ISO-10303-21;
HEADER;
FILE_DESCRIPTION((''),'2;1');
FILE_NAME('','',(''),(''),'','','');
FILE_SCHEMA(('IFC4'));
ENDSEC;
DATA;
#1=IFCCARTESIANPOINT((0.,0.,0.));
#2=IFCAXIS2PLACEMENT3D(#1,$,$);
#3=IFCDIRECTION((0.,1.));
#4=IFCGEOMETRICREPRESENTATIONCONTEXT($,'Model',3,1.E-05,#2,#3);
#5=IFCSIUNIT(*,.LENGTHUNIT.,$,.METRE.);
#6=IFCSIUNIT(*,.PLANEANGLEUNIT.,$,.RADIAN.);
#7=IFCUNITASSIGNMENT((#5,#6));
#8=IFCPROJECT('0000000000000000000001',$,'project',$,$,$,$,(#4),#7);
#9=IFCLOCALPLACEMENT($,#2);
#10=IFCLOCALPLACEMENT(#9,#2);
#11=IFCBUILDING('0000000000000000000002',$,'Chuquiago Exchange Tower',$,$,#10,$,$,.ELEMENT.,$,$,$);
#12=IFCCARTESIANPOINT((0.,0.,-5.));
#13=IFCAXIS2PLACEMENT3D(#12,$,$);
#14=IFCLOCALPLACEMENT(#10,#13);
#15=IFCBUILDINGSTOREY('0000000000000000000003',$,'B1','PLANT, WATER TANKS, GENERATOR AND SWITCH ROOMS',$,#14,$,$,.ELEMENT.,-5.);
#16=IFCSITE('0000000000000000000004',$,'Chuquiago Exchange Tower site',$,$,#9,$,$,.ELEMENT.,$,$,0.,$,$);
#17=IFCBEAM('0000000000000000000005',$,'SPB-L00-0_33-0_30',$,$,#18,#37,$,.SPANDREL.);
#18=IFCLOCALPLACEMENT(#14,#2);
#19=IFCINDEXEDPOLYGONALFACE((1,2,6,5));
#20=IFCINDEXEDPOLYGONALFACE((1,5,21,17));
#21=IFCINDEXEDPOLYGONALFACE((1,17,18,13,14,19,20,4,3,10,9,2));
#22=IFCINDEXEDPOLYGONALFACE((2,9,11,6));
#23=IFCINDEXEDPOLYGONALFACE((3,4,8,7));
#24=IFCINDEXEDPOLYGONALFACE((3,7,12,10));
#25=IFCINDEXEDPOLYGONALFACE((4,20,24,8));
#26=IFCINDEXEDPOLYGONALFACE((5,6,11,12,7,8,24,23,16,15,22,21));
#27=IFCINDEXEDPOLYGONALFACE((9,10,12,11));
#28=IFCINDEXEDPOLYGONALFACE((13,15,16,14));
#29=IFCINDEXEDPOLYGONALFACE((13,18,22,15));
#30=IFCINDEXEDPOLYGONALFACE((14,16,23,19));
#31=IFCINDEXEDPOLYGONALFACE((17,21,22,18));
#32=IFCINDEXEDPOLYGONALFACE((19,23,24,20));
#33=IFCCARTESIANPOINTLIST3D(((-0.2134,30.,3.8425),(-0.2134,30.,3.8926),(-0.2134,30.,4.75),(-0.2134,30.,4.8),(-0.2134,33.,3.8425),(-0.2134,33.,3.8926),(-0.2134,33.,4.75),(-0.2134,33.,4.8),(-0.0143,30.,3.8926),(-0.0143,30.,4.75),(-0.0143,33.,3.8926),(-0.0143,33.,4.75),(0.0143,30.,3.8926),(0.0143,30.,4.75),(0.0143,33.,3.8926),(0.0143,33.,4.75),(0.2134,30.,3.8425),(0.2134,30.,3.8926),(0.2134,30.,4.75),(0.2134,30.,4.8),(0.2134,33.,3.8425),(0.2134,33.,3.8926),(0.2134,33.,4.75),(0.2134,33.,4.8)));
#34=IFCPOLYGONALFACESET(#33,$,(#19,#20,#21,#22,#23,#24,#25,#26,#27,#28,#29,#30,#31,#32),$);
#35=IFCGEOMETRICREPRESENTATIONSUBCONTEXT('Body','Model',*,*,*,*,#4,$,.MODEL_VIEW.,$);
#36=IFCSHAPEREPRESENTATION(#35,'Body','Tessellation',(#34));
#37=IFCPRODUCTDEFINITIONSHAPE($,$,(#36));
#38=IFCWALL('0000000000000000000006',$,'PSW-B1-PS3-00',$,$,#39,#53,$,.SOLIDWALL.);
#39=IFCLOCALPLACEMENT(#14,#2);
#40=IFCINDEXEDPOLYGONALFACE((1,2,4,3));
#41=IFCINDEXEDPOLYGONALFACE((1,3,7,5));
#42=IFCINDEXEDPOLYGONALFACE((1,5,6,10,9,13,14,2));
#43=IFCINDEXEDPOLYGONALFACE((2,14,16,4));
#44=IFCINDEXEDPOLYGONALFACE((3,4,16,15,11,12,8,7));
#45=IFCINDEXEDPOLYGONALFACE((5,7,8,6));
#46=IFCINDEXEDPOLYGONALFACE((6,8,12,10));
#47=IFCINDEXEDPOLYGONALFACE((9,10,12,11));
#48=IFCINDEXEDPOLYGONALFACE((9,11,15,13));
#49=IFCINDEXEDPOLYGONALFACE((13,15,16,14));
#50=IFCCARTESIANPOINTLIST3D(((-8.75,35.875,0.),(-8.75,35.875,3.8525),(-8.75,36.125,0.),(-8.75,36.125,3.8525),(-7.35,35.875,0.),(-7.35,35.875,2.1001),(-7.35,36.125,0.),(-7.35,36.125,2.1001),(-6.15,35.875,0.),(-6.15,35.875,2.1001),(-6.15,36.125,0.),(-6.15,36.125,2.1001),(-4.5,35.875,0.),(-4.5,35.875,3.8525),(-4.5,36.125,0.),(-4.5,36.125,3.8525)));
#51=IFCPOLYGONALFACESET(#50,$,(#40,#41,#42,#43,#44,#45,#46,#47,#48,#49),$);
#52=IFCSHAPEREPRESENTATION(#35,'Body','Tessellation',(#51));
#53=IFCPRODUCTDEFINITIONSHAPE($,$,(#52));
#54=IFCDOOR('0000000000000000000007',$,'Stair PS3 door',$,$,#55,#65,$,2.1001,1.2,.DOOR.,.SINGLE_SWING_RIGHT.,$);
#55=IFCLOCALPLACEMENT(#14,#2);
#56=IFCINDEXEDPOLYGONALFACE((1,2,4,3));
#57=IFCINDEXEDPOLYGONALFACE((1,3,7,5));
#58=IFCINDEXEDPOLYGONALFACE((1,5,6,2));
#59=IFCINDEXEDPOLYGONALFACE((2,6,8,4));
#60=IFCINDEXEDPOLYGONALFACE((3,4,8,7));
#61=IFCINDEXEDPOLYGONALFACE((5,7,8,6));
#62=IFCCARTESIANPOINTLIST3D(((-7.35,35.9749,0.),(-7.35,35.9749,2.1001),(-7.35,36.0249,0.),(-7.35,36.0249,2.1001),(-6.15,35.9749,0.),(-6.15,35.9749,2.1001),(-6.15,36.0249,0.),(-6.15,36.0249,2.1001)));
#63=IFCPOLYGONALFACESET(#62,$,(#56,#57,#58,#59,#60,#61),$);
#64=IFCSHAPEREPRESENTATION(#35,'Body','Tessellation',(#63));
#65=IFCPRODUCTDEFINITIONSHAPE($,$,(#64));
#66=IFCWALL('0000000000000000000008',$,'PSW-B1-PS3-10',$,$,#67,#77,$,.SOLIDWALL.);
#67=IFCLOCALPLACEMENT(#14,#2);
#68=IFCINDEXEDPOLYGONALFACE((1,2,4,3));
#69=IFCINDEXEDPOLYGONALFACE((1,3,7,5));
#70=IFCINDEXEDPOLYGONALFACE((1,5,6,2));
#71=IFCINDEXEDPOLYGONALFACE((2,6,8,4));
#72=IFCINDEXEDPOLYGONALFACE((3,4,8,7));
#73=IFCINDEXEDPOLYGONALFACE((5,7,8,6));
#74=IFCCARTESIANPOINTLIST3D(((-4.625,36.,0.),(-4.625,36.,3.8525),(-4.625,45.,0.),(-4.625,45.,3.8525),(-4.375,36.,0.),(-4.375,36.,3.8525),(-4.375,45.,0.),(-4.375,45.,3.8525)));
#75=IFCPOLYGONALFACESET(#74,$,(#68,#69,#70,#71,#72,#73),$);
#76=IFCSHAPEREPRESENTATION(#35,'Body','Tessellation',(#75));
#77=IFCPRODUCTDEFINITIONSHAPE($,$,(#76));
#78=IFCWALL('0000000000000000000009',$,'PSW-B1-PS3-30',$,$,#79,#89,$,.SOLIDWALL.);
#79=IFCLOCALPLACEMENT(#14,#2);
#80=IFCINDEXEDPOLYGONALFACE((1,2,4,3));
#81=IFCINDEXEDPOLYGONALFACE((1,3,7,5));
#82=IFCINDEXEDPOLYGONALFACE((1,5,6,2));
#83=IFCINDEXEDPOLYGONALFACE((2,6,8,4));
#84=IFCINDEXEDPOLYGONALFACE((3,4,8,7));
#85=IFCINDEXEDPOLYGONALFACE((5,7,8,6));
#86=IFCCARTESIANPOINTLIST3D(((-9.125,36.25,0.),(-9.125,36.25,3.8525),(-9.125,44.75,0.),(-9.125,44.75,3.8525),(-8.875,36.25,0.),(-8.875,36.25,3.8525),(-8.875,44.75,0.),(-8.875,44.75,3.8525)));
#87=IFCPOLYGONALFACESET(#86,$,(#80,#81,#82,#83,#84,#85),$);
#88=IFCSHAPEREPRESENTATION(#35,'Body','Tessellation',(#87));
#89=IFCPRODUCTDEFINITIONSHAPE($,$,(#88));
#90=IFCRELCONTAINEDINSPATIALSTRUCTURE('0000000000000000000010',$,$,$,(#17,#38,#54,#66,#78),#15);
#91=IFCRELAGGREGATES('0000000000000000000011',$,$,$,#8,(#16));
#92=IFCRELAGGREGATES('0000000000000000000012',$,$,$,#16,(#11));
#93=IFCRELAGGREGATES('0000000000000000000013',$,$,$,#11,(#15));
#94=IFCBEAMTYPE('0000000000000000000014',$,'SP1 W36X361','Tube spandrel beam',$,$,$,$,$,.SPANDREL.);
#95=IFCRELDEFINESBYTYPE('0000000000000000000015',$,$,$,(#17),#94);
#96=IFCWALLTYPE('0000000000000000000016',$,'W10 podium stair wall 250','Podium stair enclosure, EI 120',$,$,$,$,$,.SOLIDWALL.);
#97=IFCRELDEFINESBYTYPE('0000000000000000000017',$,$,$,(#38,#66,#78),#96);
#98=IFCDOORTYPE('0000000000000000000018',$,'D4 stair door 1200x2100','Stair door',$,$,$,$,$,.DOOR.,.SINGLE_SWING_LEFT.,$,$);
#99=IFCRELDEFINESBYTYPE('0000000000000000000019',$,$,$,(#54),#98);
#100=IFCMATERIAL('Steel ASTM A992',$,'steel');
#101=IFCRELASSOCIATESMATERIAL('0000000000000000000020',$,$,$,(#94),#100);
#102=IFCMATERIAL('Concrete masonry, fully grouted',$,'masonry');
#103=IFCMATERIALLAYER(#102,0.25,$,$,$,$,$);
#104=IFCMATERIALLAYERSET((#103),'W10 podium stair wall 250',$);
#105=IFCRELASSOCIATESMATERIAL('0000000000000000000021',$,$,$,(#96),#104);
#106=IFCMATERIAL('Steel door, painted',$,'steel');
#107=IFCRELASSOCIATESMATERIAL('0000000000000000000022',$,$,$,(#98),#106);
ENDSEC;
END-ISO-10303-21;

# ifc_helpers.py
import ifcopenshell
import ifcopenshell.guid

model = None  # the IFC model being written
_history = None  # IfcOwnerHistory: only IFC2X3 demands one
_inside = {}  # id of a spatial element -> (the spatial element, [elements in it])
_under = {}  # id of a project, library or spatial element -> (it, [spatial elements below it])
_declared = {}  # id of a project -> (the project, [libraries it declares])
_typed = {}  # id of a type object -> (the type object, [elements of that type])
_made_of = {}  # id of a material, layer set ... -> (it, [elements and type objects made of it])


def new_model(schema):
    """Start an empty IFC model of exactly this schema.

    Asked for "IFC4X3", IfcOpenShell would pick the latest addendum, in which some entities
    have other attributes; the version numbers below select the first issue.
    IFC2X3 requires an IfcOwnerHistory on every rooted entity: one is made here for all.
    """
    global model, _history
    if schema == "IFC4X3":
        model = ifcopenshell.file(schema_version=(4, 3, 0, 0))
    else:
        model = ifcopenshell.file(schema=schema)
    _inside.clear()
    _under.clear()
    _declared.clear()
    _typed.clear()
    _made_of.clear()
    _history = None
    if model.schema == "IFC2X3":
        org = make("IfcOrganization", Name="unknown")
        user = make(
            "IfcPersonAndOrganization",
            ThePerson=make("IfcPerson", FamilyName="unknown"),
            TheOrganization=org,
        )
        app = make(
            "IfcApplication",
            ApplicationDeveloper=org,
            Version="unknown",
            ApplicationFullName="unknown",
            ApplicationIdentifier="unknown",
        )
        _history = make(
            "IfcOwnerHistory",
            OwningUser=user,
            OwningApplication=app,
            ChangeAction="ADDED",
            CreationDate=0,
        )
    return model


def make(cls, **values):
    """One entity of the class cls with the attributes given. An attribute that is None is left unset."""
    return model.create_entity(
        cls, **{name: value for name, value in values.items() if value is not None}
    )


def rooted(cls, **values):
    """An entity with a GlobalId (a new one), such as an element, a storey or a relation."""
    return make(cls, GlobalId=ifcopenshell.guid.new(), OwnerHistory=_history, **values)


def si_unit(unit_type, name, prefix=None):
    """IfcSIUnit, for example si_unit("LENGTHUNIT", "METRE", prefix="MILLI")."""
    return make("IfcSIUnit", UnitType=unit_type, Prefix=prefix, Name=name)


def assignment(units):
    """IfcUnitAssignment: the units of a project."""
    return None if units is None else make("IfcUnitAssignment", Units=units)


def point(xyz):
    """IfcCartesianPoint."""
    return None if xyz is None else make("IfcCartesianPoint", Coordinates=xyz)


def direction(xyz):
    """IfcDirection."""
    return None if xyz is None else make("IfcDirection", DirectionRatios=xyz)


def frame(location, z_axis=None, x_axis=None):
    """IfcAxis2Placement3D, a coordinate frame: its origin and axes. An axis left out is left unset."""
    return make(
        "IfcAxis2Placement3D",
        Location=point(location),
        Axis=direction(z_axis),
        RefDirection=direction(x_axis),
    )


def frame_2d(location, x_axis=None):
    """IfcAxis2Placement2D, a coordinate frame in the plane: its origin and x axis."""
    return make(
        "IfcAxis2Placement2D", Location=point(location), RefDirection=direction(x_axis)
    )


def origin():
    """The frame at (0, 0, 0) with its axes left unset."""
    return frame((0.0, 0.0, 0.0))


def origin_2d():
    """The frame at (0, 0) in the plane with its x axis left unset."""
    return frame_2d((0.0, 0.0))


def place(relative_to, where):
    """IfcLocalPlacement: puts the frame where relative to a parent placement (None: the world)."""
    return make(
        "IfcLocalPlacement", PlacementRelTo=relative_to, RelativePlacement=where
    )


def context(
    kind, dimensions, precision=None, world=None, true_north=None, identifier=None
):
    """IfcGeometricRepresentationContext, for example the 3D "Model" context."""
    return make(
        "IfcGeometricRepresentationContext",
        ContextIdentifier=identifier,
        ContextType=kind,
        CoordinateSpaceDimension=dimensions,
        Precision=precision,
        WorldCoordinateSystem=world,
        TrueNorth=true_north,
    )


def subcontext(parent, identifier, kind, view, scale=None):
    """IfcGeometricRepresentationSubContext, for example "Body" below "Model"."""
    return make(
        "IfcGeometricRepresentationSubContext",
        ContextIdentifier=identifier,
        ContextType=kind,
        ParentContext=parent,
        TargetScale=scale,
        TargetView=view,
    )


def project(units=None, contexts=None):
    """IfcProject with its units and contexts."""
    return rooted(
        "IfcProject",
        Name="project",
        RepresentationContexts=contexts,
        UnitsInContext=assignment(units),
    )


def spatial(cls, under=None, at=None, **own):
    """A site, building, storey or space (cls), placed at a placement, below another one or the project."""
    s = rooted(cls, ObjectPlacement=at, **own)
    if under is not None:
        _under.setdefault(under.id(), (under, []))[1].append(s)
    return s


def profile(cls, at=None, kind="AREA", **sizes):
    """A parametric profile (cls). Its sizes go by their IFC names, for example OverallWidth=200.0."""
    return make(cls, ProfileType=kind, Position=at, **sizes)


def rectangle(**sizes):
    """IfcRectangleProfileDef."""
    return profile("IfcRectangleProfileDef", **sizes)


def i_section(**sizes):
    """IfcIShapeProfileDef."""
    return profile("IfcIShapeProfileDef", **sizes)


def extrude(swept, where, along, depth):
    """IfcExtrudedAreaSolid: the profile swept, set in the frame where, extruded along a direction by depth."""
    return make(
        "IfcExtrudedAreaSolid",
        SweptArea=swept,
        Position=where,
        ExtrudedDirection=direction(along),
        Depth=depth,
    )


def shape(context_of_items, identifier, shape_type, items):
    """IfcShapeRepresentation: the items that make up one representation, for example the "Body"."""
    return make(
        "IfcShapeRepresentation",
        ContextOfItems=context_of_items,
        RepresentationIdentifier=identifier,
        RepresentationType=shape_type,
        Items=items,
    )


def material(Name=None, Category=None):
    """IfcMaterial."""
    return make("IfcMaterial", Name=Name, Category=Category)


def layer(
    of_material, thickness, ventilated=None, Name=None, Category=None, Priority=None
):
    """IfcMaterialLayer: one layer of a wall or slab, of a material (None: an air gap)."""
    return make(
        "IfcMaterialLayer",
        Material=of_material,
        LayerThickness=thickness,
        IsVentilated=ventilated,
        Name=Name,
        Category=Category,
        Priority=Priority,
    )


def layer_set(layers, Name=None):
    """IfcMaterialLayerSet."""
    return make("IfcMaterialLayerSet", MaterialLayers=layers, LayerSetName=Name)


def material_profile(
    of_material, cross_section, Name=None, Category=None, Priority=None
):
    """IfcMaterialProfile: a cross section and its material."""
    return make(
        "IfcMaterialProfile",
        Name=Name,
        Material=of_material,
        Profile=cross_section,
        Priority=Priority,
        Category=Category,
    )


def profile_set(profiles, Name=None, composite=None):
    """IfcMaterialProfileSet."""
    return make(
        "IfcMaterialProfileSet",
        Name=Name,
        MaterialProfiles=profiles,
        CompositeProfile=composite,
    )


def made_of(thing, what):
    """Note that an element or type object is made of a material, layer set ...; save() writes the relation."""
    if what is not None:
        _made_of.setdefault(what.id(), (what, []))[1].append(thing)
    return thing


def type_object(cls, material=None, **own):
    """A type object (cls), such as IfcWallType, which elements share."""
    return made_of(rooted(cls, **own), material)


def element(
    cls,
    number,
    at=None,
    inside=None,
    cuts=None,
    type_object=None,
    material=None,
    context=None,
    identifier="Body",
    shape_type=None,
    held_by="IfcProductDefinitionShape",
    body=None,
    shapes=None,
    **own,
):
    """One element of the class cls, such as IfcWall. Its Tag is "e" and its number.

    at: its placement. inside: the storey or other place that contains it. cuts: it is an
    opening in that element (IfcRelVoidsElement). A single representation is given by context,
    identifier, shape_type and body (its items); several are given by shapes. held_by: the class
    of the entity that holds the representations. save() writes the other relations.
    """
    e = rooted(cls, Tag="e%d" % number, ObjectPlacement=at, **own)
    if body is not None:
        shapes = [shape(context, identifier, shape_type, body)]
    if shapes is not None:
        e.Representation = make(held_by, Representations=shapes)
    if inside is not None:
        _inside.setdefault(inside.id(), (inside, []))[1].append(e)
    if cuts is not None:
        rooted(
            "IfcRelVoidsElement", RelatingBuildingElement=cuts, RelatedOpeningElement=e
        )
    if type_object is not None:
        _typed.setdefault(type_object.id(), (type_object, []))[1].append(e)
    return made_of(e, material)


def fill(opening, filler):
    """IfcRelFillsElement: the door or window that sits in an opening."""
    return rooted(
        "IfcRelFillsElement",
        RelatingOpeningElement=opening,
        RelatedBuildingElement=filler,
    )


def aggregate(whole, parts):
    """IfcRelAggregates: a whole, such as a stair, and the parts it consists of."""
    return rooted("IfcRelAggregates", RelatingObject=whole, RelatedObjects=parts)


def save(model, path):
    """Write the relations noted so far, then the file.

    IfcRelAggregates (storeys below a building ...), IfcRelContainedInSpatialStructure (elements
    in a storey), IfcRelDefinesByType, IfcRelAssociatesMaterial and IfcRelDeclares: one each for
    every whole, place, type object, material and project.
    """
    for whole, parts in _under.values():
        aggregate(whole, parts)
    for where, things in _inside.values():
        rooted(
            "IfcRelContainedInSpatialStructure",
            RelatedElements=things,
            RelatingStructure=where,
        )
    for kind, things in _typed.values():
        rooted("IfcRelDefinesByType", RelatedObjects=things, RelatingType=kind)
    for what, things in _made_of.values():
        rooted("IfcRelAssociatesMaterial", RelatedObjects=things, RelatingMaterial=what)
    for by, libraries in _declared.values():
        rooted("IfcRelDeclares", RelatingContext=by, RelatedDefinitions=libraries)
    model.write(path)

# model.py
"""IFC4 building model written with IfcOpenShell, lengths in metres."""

from ifc_helpers import new_model, si_unit, direction, frame, frame_2d, origin, origin_2d, place, context, subcontext, project, spatial, rectangle, i_section, extrude, material, layer, layer_set, material_profile, profile_set, type_object, element, fill, save


model = new_model("IFC4")

# Units and contexts
model_context = context("Model", 3, precision=1e-05, world=origin(), true_north=direction((0.0, 1.0)))
body_context = subcontext(model_context, "Body", "Model", "MODEL_VIEW")
ifc_project = project(units=[si_unit("LENGTHUNIT", "METRE"), si_unit("PLANEANGLEUNIT", "RADIAN")], contexts=[model_context])

# Site, building, storey
site_placement = place(None, origin())
site = spatial("IfcSite", under=ifc_project, at=site_placement, Name="Chuquiago Exchange Tower site", CompositionType="ELEMENT", RefElevation=0.0)
building_placement = place(site_placement, origin())
building = spatial("IfcBuilding", under=site, at=building_placement, Name="Chuquiago Exchange Tower", CompositionType="ELEMENT")
storey_placement = place(building_placement, frame((0.0, 0.0, -5.0)))
storey = spatial("IfcBuildingStorey", under=building, at=storey_placement, Name="B1", Description="PLANT, WATER TANKS, GENERATOR AND SWITCH ROOMS", CompositionType="ELEMENT", Elevation=-5.0)

# Beam
ifc_material_1 = material(Name="Steel ASTM A992", Category="steel")
ifc_material_profile_1 = material_profile(ifc_material_1, i_section(OverallWidth=0.4268, OverallDepth=0.9575, WebThickness=0.0286, FlangeThickness=0.05, at=origin_2d()), Name="W36X361")
ifc_profile_set_1 = profile_set([ifc_material_profile_1], Name="Steel ASTM A992")
beam_type_1 = type_object("IfcBeamType", Name="SP1 W36X361", Description="Tube spandrel beam", PredefinedType="SPANDREL", material=ifc_profile_set_1)
for number, where, z_axis, x_axis, name in (
    (1, (0.0, 33.0, 4.3213), (0.0, -1.0, 0.0), (1.0, 0.0, 0.0), "SPB-L00-0_33-0_30"),
):
    element("IfcBeam", number, at=place(storey_placement, frame(where, z_axis=z_axis, x_axis=x_axis)), inside=storey, type_object=beam_type_1, Name=name, PredefinedType="SPANDREL", context=body_context, shape_type="SweptSolid", body=[
        extrude(i_section(OverallWidth=0.4268, OverallDepth=0.9575, WebThickness=0.0286, FlangeThickness=0.05, at=origin_2d()), origin(), (0.0, 0.0, 1.0), 3.0),
    ])

# Wall, opening, door
ifc_material_2 = material(Name="Concrete masonry, fully grouted", Category="masonry")
ifc_layer = layer(ifc_material_2, 0.25)
ifc_layer_set = layer_set([ifc_layer], Name="W10 podium stair wall 250")
wall_type = type_object("IfcWallType", Name="W10 podium stair wall 250", Description="Podium stair enclosure, EI 120", PredefinedType="SOLIDWALL", material=ifc_layer_set)
wall_1_placement = place(storey_placement, frame((-8.75, 36.0, 0.0), z_axis=(0.0, 0.0, 1.0), x_axis=(1.0, 0.0, 0.0)))
wall_1 = element("IfcWall", 2, at=wall_1_placement, inside=storey, type_object=wall_type, Name="PSW-B1-PS3-00", PredefinedType="SOLIDWALL", context=body_context, shape_type="SweptSolid", body=[
    extrude(rectangle(XDim=4.25, YDim=0.25, at=frame_2d((2.125, 0.0))), origin(), (0.0, 0.0, 1.0), 3.8525),
])
opening_placement = place(wall_1_placement, frame((1.3999, 0.0, 0.0)))
opening = element("IfcOpeningElement", 3, at=opening_placement, cuts=wall_1, PredefinedType="OPENING", context=body_context, shape_type="SweptSolid", body=[
    extrude(rectangle(XDim=1.2, YDim=2.1001, at=frame_2d((0.6001, 1.05))), frame((0.0, 0.135, 0.0), z_axis=(0.0, -1.0, 0.0), x_axis=(1.0, 0.0, 0.0)), (0.0, 0.0, 1.0), 0.27),
])
ifc_material_3 = material(Name="Steel door, painted", Category="steel")
door_type = type_object("IfcDoorType", Name="D4 stair door 1200x2100", Description="Stair door", OperationType="SINGLE_SWING_LEFT", PredefinedType="DOOR", material=ifc_material_3)
door_placement = place(opening_placement, origin())
door = element("IfcDoor", 4, at=door_placement, inside=storey, type_object=door_type, Name="Stair PS3 door", OperationType="SINGLE_SWING_RIGHT", OverallHeight=2.1001, OverallWidth=1.2, PredefinedType="DOOR", context=body_context, shape_type="SweptSolid", body=[
    extrude(rectangle(XDim=1.2, YDim=2.1001, at=frame_2d((0.6001, 1.05))), frame((0.0, 0.0249, 0.0), z_axis=(0.0, -1.0, 0.0), x_axis=(1.0, 0.0, 0.0)), (0.0, 0.0, 1.0), 0.05),
])
fill(opening, door)

# Walls
wall_2_placement = place(storey_placement, frame((-4.5, 36.0, 0.0), z_axis=(0.0, 0.0, 1.0), x_axis=(0.0, 1.0, 0.0)))
element("IfcWall", 5, at=wall_2_placement, inside=storey, type_object=wall_type, Name="PSW-B1-PS3-10", PredefinedType="SOLIDWALL", context=body_context, shape_type="SweptSolid", body=[
    extrude(rectangle(XDim=9.0, YDim=0.25, at=frame_2d((4.5, 0.0))), origin(), (0.0, 0.0, 1.0), 3.8525),
])
wall_3_placement = place(storey_placement, frame((-9.0, 36.25, 0.0), z_axis=(0.0, 0.0, 1.0), x_axis=(0.0, 1.0, 0.0)))
element("IfcWall", 6, at=wall_3_placement, inside=storey, type_object=wall_type, Name="PSW-B1-PS3-30", PredefinedType="SOLIDWALL", context=body_context, shape_type="SweptSolid", body=[
    extrude(rectangle(XDim=8.5, YDim=0.25, at=frame_2d((4.25, 0.0))), origin(), (0.0, 0.0, 1.0), 3.8525),
])

save(model, "model.ifc")
